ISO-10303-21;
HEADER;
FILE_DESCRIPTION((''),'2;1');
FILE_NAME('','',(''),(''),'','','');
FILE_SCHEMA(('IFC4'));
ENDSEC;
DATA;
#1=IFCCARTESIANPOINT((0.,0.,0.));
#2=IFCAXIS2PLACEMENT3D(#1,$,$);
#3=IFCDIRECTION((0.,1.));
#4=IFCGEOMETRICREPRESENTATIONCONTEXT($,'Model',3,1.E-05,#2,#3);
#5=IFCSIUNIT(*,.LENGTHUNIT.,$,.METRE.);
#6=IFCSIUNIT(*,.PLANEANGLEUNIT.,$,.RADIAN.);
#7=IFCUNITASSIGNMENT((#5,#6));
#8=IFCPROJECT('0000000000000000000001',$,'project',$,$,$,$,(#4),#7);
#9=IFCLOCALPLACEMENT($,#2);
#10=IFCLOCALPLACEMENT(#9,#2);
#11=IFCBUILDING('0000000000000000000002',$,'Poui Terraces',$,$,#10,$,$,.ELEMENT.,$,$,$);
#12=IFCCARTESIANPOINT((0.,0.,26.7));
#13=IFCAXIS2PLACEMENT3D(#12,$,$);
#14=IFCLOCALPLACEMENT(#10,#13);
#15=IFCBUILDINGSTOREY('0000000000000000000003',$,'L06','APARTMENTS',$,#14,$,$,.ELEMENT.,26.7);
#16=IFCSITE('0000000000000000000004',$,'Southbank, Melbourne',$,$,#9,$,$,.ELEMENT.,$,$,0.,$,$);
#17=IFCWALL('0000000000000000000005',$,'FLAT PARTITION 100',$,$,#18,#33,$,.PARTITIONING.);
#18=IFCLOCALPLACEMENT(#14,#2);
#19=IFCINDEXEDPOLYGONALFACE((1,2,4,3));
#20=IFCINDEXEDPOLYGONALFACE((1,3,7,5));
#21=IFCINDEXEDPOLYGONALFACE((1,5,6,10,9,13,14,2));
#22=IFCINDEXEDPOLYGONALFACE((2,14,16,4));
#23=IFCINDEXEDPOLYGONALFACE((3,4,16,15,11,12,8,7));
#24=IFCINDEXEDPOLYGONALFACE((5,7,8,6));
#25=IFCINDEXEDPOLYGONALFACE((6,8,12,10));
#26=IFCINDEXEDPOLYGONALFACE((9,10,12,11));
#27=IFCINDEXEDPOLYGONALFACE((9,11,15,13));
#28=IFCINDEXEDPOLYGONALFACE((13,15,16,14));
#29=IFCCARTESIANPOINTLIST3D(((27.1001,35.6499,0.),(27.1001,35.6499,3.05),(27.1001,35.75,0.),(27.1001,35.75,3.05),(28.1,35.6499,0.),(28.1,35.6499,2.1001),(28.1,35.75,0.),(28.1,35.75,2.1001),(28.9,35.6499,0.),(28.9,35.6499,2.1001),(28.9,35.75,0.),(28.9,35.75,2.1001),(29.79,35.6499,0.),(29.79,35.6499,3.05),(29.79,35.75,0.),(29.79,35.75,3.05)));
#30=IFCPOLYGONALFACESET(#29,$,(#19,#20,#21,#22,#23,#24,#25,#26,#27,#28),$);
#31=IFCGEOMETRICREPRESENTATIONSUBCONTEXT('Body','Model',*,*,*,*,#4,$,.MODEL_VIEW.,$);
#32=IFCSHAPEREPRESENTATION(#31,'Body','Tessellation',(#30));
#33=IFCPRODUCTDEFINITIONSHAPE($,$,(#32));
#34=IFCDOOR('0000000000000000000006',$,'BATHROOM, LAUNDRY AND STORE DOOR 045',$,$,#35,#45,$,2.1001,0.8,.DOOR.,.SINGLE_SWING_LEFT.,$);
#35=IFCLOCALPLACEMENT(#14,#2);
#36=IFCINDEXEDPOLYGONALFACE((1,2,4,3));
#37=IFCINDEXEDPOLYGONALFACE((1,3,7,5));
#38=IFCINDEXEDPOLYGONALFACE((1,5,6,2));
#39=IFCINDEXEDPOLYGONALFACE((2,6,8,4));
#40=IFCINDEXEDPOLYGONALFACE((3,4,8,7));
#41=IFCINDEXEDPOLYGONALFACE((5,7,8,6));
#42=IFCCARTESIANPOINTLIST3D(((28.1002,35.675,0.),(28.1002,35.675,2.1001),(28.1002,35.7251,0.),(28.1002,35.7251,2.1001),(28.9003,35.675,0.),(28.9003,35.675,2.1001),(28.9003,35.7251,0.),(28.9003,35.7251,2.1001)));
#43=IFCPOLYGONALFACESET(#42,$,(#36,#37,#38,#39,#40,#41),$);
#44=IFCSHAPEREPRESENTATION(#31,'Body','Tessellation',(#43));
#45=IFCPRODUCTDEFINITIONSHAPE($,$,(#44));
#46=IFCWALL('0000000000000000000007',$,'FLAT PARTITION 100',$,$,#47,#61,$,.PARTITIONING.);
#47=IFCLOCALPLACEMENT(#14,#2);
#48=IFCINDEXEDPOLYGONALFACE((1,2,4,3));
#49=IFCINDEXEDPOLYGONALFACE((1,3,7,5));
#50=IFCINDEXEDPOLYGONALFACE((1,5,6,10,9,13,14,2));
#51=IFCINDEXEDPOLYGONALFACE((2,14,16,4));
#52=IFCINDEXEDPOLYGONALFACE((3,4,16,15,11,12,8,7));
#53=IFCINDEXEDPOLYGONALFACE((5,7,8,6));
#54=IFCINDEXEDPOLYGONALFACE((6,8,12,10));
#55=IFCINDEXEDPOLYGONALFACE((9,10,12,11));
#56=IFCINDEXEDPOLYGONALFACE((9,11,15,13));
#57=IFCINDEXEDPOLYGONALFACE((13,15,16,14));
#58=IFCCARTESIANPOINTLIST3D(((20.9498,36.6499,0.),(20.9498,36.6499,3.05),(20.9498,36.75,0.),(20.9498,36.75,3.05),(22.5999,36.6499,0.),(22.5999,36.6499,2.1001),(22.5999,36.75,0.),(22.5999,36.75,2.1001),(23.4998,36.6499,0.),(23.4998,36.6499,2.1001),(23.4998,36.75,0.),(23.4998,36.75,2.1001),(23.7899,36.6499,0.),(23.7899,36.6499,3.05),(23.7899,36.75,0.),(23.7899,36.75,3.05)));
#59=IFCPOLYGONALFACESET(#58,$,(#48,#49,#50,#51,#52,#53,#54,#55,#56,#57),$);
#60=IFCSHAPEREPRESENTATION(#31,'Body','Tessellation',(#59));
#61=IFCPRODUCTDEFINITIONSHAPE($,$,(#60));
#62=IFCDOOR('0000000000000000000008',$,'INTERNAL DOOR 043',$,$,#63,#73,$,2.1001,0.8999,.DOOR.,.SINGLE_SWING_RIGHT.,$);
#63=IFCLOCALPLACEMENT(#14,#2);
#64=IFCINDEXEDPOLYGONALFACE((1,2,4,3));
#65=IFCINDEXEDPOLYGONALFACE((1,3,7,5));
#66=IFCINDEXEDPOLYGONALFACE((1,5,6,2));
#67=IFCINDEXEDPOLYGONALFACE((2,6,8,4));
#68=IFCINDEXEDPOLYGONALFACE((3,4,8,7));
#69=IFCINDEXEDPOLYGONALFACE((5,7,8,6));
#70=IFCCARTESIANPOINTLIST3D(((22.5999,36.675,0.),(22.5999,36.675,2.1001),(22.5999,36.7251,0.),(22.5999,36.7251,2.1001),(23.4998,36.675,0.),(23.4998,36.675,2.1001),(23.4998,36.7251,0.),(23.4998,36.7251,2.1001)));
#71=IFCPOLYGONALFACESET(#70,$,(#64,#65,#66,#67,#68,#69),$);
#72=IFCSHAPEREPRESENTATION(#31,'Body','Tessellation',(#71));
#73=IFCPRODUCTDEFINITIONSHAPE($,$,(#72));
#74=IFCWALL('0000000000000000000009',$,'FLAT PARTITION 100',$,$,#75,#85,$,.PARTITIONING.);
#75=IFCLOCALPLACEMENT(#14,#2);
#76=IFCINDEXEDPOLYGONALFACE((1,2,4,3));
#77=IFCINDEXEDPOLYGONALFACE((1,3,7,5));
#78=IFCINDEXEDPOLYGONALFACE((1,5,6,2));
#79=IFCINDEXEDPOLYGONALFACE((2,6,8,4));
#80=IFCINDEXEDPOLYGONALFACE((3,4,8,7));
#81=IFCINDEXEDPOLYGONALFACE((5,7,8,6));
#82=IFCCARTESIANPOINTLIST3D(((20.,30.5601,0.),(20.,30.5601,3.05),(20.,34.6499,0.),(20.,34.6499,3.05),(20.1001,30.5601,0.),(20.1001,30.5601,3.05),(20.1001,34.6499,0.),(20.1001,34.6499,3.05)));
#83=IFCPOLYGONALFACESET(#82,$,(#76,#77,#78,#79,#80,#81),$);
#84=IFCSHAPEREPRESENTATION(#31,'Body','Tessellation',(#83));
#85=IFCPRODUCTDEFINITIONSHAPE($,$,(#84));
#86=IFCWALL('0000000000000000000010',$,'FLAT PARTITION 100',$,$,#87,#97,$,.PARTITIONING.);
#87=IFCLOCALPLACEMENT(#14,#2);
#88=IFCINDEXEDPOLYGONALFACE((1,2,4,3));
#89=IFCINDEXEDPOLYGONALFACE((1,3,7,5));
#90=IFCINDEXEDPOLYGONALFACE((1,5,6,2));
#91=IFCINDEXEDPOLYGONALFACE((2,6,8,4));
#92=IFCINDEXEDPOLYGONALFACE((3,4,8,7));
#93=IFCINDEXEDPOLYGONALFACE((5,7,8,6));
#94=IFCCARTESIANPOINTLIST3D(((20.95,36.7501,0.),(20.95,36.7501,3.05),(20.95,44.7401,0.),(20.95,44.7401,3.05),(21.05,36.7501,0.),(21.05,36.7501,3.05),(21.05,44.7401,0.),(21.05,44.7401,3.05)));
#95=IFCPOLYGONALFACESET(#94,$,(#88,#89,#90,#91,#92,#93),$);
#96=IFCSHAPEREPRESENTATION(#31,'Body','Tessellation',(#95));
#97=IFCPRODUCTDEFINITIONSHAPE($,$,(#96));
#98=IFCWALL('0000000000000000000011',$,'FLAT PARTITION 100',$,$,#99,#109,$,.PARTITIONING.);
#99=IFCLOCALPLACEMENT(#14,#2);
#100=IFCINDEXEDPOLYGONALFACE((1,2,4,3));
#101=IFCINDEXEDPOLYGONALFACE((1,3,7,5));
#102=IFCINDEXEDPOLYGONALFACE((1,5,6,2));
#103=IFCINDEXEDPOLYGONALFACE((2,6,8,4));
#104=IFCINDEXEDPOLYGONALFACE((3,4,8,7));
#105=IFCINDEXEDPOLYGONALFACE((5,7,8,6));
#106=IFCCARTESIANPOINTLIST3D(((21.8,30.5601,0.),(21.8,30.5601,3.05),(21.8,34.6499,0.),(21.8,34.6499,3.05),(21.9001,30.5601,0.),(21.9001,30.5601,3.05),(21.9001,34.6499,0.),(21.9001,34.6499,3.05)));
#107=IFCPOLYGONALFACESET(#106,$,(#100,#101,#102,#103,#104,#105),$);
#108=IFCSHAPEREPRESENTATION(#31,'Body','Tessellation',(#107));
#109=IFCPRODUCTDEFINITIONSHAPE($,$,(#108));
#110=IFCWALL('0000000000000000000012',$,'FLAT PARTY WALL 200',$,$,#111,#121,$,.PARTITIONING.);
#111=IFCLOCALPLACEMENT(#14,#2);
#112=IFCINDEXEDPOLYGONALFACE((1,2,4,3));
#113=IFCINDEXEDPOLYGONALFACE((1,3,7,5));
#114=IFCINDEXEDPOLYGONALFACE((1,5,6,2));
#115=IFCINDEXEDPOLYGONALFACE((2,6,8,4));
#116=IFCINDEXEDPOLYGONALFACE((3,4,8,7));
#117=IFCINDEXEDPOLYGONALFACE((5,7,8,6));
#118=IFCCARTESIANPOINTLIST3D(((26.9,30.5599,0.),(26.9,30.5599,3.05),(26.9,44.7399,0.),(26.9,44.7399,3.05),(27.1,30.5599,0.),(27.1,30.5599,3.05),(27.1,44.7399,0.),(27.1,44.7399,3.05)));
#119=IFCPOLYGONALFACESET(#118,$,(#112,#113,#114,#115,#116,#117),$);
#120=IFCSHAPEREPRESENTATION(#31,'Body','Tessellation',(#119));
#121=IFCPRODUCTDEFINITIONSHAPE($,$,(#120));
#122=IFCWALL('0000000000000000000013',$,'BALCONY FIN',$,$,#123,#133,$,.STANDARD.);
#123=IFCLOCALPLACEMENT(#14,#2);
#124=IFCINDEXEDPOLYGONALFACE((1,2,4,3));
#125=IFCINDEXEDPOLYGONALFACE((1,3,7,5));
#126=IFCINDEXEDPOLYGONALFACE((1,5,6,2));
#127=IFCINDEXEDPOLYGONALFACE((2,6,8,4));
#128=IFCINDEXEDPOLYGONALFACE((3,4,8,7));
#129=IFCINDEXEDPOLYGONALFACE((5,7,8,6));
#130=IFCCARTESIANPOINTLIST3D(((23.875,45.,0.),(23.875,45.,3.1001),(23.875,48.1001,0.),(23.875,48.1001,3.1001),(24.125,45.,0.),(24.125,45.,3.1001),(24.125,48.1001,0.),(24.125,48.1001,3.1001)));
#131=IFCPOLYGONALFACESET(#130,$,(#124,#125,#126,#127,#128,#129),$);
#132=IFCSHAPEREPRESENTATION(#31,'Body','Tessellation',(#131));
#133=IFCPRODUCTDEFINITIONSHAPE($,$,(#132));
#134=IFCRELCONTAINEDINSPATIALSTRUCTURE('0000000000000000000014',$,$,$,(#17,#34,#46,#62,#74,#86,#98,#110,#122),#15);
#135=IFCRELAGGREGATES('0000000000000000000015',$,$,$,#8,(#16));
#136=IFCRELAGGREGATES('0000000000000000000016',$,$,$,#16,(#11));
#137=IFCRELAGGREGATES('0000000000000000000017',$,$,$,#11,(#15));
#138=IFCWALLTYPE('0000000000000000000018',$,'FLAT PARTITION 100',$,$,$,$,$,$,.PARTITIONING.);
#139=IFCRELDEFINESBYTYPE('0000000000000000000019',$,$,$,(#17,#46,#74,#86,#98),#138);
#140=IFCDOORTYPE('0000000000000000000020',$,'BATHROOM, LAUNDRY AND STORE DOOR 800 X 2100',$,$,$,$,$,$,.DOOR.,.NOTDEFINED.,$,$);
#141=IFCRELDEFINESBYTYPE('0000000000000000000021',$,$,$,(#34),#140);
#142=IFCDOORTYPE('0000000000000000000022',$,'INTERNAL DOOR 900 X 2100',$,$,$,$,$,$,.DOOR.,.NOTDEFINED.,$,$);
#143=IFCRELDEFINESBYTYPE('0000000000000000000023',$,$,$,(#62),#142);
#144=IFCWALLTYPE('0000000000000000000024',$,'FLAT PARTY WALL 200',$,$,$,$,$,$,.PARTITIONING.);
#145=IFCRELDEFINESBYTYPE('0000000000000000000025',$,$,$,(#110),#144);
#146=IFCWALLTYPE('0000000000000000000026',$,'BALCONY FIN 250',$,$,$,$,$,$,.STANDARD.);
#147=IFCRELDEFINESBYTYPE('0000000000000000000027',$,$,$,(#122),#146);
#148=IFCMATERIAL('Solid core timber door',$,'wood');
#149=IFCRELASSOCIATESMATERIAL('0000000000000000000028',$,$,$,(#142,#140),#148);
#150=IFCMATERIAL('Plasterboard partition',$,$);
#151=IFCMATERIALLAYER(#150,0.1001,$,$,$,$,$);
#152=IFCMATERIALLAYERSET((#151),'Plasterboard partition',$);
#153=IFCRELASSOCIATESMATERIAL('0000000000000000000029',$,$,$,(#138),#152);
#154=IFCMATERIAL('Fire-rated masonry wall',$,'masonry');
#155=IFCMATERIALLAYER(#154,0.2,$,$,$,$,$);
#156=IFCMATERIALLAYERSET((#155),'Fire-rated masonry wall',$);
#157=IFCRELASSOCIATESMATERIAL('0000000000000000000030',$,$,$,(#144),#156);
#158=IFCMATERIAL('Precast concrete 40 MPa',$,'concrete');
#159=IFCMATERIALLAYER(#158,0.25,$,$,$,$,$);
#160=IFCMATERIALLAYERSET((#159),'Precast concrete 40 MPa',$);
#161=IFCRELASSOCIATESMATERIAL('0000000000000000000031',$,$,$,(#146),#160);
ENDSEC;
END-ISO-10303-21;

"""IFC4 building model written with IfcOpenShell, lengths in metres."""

from ifc_helpers import new_model, si_unit, direction, frame, frame_2d, origin, place, context, subcontext, project, spatial, polyline, rectangle, outline, extrude, source, transform, mapped, material, layer, layer_set, type_object, element, fill, save


model = new_model("IFC4")

# Units and contexts
model_context = context("Model", 3, precision=1e-05, world=origin(), true_north=direction((0.0, 1.0)))
body_context = subcontext(model_context, "Body", "Model", "MODEL_VIEW")
ifc_project = project(units=[si_unit("LENGTHUNIT", "METRE"), si_unit("PLANEANGLEUNIT", "RADIAN")], contexts=[model_context])

# Site, building, storey
site_placement = place(None, origin())
site = spatial("IfcSite", under=ifc_project, at=site_placement, Name="Southbank, Melbourne", CompositionType="ELEMENT", RefElevation=0.0)
building_placement = place(site_placement, origin())
building = spatial("IfcBuilding", under=site, at=building_placement, Name="Poui Terraces", CompositionType="ELEMENT")
storey_placement = place(building_placement, frame((0.0, 0.0, 26.7)))
storey = spatial("IfcBuildingStorey", under=building, at=storey_placement, Name="L06", Description="APARTMENTS", CompositionType="ELEMENT", Elevation=26.7)

# Walls, openings, doors
ifc_material_1 = material(Name="Solid core timber door", Category="wood")
door_type_1 = type_object("IfcDoorType", Name="INTERNAL DOOR 900 X 2100", OperationType="NOTDEFINED", PredefinedType="DOOR", material=ifc_material_1)
ifc_material_2 = material(Name="Plasterboard partition")
ifc_layer_1 = layer(ifc_material_2, 0.1001)
ifc_layer_set_1 = layer_set([ifc_layer_1], Name="Plasterboard partition")
wall_type_1 = type_object("IfcWallType", Name="FLAT PARTITION 100", PredefinedType="PARTITIONING", material=ifc_layer_set_1)
door_type_2 = type_object("IfcDoorType", Name="BATHROOM, LAUNDRY AND STORE DOOR 800 X 2100", OperationType="NOTDEFINED", PredefinedType="DOOR", material=ifc_material_1)
wall_1_placement = place(storey_placement, frame((27.1001, 35.7, 0.0), z_axis=(0.0, 0.0, 1.0), x_axis=(1.0, 0.0, 0.0)))
wall_1 = element("IfcWall", 1, at=wall_1_placement, inside=storey, type_object=wall_type_1, Name="FLAT PARTITION 100", PredefinedType="PARTITIONING", context=body_context, shape_type="SweptSolid", body=[
    extrude(rectangle(XDim=2.6899, YDim=0.1001, at=frame_2d((1.345, 0.0))), origin(), (0.0, 0.0, 1.0), 3.05),
])
opening_1_placement = place(wall_1_placement, frame((1.0, 0.0, 0.0)))
opening_1 = element("IfcOpeningElement", 2, at=opening_1_placement, cuts=wall_1, PredefinedType="OPENING", context=body_context, shape_type="SweptSolid", body=[
    extrude(rectangle(XDim=0.8, YDim=2.1001, at=frame_2d((0.3999, 1.05))), frame((0.0, 0.0601, 0.0), z_axis=(0.0, -1.0, 0.0), x_axis=(1.0, 0.0, 0.0)), (0.0, 0.0, 1.0), 0.1201),
])
door_1_placement = place(opening_1_placement, frame((0.8, 0.0, 0.0), z_axis=(0.0, 0.0, 1.0), x_axis=(-1.0, 0.0, 0.0)))
door_1 = element("IfcDoor", 3, at=door_1_placement, inside=storey, type_object=door_type_2, Name="BATHROOM, LAUNDRY AND STORE DOOR 045", OperationType="SINGLE_SWING_LEFT", OverallHeight=2.1001, OverallWidth=0.8, PredefinedType="DOOR", context=body_context, shape_type="SweptSolid", body=[
    extrude(rectangle(XDim=0.8, YDim=2.1001, at=frame_2d((0.3999, 1.05))), frame((0.0, 0.0249, 0.0), z_axis=(0.0, -1.0, 0.0), x_axis=(1.0, 0.0, 0.0)), (0.0, 0.0, 1.0), 0.05),
])
fill(opening_1, door_1)
wall_2_placement = place(storey_placement, frame((20.95, 36.7, 0.0), z_axis=(0.0, 0.0, 1.0), x_axis=(1.0, 0.0, 0.0)))
wall_2 = element("IfcWall", 4, at=wall_2_placement, inside=storey, type_object=wall_type_1, Name="FLAT PARTITION 100", PredefinedType="PARTITIONING", context=body_context, shape_type="SweptSolid", body=[
    extrude(rectangle(XDim=2.8401, YDim=0.1001, at=frame_2d((1.4199, 0.0))), origin(), (0.0, 0.0, 1.0), 3.05),
])
opening_2_placement = place(wall_2_placement, frame((1.6499, 0.0, 0.0)))
opening_2 = element("IfcOpeningElement", 5, at=opening_2_placement, cuts=wall_2, PredefinedType="OPENING", context=body_context, shape_type="SweptSolid", body=[
    extrude(rectangle(XDim=0.8999, YDim=2.1001, at=frame_2d((0.45, 1.05))), frame((0.0, 0.0601, 0.0), z_axis=(0.0, -1.0, 0.0), x_axis=(1.0, 0.0, 0.0)), (0.0, 0.0, 1.0), 0.1201),
])
door_2_placement = place(opening_2_placement, frame((0.8999, 0.0, 0.0), z_axis=(0.0, 0.0, 1.0), x_axis=(-1.0, 0.0, 0.0)))
door_2 = element("IfcDoor", 6, at=door_2_placement, inside=storey, type_object=door_type_1, Name="INTERNAL DOOR 043", OperationType="SINGLE_SWING_RIGHT", OverallHeight=2.1001, OverallWidth=0.8999, PredefinedType="DOOR", context=body_context, shape_type="SweptSolid", body=[
    extrude(rectangle(XDim=0.8999, YDim=2.1001, at=frame_2d((0.45, 1.05))), frame((0.0, 0.0249, 0.0), z_axis=(0.0, -1.0, 0.0), x_axis=(1.0, 0.0, 0.0)), (0.0, 0.0, 1.0), 0.05),
])
fill(opening_2, door_2)

# Walls
wall_3_placement = place(storey_placement, frame((20.05, 30.5601, 0.0), z_axis=(0.0, 0.0, 1.0), x_axis=(0.0, 1.0, 0.0)))
element("IfcWall", 7, at=wall_3_placement, inside=storey, type_object=wall_type_1, Name="FLAT PARTITION 100", PredefinedType="PARTITIONING", context=body_context, shape_type="SweptSolid", body=[
    extrude(rectangle(XDim=4.0898, YDim=0.1001, at=frame_2d((2.0449, 0.0))), origin(), (0.0, 0.0, 1.0), 3.05),
])
wall_4_placement = place(storey_placement, frame((21.0, 36.75, 0.0), z_axis=(0.0, 0.0, 1.0), x_axis=(0.0, 1.0, 0.0)))
element("IfcWall", 8, at=wall_4_placement, inside=storey, type_object=wall_type_1, Name="FLAT PARTITION 100", PredefinedType="PARTITIONING", context=body_context, shape_type="SweptSolid", body=[
    extrude(rectangle(XDim=7.99, YDim=0.1001, at=frame_2d((3.9951, 0.0))), origin(), (0.0, 0.0, 1.0), 3.05),
])
wall_5_placement = place(storey_placement, frame((21.8501, 30.5601, 0.0), z_axis=(0.0, 0.0, 1.0), x_axis=(0.0, 1.0, 0.0)))
element("IfcWall", 9, at=wall_5_placement, inside=storey, type_object=wall_type_1, Name="FLAT PARTITION 100", PredefinedType="PARTITIONING", context=body_context, shape_type="SweptSolid", body=[
    extrude(rectangle(XDim=4.0898, YDim=0.1001, at=frame_2d((2.0449, 0.0))), origin(), (0.0, 0.0, 1.0), 3.05),
])
ifc_material_3 = material(Name="Fire-rated masonry wall", Category="masonry")
ifc_layer_2 = layer(ifc_material_3, 0.2)
ifc_layer_set_2 = layer_set([ifc_layer_2], Name="Fire-rated masonry wall")
wall_type_2 = type_object("IfcWallType", Name="FLAT PARTY WALL 200", PredefinedType="PARTITIONING", material=ifc_layer_set_2)
wall_6_placement = place(storey_placement, frame((27.0, 30.5601, 0.0), z_axis=(0.0, 0.0, 1.0), x_axis=(0.0, 1.0, 0.0)))
element("IfcWall", 10, at=wall_6_placement, inside=storey, type_object=wall_type_2, Name="FLAT PARTY WALL 200", PredefinedType="PARTITIONING", context=body_context, shape_type="SweptSolid", body=[
    extrude(rectangle(XDim=14.1799, YDim=0.2, at=frame_2d((7.0898, 0.0))), origin(), (0.0, 0.0, 1.0), 3.05),
])
ifc_material_4 = material(Name="Precast concrete 40 MPa", Category="concrete")
ifc_layer_3 = layer(ifc_material_4, 0.25)
ifc_layer_set_3 = layer_set([ifc_layer_3], Name="Precast concrete 40 MPa")
wall_type_3 = type_object("IfcWallType", Name="BALCONY FIN 250", PredefinedType="STANDARD", material=ifc_layer_set_3)
shared_shape_1 = source(origin(), body_context, "Body", "SweptSolid", [
    extrude(outline(polyline([(0.0, 0.0), (0.25, 0.0), (0.25, 3.1001), (0.0, 3.1001), (0.0, 0.0)])), origin(), (0.0, 0.0, 1.0), 3.1001),
])
wall_7_placement = place(storey_placement, frame((23.875, 45.0, 0.0)))
element("IfcWall", 11, at=wall_7_placement, inside=storey, type_object=wall_type_3, Name="BALCONY FIN", PredefinedType="STANDARD", context=body_context, shape_type="MappedRepresentation", body=[
    mapped(shared_shape_1, transform((0.0, 0.0, 0.0))),
])

save(model, "model.ifc")
